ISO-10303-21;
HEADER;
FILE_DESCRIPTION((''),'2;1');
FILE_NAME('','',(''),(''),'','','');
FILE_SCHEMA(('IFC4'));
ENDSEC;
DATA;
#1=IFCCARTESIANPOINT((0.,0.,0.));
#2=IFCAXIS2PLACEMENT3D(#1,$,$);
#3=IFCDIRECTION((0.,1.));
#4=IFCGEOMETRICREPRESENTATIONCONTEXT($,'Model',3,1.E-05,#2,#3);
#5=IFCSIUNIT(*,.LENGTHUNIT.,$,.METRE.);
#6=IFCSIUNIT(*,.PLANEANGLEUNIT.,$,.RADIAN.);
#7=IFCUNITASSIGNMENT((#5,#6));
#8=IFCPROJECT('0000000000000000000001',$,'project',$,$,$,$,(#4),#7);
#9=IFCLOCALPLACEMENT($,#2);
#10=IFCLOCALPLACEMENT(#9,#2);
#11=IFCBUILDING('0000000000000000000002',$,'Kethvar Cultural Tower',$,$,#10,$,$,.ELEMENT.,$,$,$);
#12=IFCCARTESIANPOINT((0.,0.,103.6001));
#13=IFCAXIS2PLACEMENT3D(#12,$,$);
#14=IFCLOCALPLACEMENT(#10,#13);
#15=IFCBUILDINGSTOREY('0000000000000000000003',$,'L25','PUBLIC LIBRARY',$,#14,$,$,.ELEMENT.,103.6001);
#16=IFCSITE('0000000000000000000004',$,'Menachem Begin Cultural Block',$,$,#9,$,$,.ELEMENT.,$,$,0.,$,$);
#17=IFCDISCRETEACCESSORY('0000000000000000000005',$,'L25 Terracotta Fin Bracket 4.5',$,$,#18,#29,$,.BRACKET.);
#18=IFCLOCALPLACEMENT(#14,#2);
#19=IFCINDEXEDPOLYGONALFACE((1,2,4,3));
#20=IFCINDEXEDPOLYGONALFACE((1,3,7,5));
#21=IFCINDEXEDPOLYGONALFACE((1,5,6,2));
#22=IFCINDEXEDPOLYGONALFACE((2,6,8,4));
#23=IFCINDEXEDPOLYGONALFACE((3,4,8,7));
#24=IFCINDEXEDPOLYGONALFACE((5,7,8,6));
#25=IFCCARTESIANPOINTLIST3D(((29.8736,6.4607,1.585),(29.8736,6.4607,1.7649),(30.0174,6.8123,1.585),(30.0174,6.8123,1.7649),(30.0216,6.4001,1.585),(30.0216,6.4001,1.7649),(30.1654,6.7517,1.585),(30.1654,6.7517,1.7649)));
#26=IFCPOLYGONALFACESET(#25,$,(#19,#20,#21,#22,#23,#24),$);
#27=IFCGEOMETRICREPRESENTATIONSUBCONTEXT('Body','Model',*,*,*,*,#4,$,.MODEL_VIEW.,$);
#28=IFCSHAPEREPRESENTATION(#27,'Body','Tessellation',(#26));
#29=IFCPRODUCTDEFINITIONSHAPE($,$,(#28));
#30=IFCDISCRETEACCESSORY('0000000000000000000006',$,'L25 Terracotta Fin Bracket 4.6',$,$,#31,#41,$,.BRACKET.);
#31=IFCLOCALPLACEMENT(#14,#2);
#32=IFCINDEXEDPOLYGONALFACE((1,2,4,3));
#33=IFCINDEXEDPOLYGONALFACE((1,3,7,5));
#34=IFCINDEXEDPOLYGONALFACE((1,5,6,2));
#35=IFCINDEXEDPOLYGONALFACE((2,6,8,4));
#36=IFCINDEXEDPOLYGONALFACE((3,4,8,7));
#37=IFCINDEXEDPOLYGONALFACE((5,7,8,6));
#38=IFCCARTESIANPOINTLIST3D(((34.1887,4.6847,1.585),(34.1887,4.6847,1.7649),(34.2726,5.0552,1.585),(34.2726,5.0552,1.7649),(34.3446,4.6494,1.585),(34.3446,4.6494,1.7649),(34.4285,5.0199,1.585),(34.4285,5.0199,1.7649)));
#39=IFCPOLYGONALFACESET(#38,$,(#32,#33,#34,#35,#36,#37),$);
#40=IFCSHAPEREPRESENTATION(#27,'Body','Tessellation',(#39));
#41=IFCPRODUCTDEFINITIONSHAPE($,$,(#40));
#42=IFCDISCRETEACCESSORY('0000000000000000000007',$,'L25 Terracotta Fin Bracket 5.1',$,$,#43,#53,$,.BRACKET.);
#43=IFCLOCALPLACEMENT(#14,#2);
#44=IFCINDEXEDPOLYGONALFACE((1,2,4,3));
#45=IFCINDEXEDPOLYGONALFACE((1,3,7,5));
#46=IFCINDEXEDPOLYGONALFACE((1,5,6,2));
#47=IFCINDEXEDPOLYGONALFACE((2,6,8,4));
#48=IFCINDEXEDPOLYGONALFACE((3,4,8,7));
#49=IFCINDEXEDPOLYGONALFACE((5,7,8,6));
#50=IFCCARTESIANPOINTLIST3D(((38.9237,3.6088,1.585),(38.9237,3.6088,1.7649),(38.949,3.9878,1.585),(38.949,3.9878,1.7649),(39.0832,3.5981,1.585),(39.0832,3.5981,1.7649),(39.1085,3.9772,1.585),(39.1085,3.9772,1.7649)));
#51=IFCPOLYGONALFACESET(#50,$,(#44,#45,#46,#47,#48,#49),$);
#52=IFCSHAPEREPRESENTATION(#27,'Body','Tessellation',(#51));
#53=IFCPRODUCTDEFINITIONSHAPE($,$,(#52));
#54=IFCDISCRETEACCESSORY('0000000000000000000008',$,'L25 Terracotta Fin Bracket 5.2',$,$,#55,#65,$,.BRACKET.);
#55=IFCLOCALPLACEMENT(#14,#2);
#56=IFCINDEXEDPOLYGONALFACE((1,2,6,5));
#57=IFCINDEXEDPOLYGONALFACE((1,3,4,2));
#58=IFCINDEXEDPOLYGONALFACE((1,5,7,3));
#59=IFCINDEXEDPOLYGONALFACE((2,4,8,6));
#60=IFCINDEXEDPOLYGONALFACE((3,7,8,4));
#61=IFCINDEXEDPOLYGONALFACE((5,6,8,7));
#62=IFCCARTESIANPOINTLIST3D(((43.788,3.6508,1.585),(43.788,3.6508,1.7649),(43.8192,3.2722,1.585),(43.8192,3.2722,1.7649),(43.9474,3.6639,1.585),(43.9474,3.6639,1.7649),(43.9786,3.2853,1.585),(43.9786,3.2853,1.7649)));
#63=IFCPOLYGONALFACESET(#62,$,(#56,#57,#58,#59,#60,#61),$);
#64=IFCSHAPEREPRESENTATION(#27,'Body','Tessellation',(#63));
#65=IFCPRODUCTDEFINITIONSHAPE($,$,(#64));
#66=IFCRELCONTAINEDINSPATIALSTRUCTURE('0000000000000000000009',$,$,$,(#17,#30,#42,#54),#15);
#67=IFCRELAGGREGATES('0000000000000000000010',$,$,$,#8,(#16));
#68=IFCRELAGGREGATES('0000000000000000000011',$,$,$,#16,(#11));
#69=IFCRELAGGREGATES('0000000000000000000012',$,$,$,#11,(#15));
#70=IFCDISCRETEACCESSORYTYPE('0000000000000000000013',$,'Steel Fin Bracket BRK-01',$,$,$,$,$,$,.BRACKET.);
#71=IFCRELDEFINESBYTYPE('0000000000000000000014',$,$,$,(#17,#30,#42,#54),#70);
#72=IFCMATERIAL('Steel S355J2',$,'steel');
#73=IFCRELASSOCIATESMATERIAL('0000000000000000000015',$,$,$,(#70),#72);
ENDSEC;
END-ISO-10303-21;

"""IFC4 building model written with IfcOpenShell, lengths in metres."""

from ifc_helpers import new_model, si_unit, direction, frame, origin, origin_2d, place, context, subcontext, project, spatial, rectangle, extrude, source, transform, mapped, material, type_object, element, save


model = new_model("IFC4")

# Units and contexts
model_context = context("Model", 3, precision=1e-05, world=origin(), true_north=direction((0.0, 1.0)))
body_context = subcontext(model_context, "Body", "Model", "MODEL_VIEW")
ifc_project = project(units=[si_unit("LENGTHUNIT", "METRE"), si_unit("PLANEANGLEUNIT", "RADIAN")], contexts=[model_context])

# Site, building, storey
site_placement = place(None, origin())
site = spatial("IfcSite", under=ifc_project, at=site_placement, Name="Menachem Begin Cultural Block", CompositionType="ELEMENT", RefElevation=0.0)
building_placement = place(site_placement, origin())
building = spatial("IfcBuilding", under=site, at=building_placement, Name="Kethvar Cultural Tower", CompositionType="ELEMENT")
storey_placement = place(building_placement, frame((0.0, 0.0, 103.6001)))
storey = spatial("IfcBuildingStorey", under=building, at=storey_placement, Name="L25", Description="PUBLIC LIBRARY", CompositionType="ELEMENT", Elevation=103.6001)

# Shared definitions
ifc_material_1 = material(Name="Steel S355J2", Category="steel")

# Discrete accessories
discrete_accessory_type = type_object("IfcDiscreteAccessoryType", Name="Steel Fin Bracket BRK-01", PredefinedType="BRACKET", material=ifc_material_1)
shared_shape_1 = source(origin(), body_context, "Body", "SweptSolid", [
    extrude(rectangle(XDim=0.3799, YDim=0.1599, at=origin_2d()), origin(), (0.0, 0.0, 1.0), 0.1799),
])
for number, where, z_axis, x_axis, name in (
    (1, (30.0195, 6.6062, 1.585), (0.0, 0.0, 1.0), (-0.378487, -0.925607, 0.0), "L25 Terracotta Fin Bracket 4.5"),
    (2, (34.3086, 4.8523, 1.585), (0.0, 0.0, 1.0), (-0.220868, -0.975304, 0.0), "L25 Terracotta Fin Bracket 4.6"),
    (3, (39.0161, 3.793, 1.585), (0.0, 0.0, 1.0), (-0.066622, -0.997778, 0.0), "L25 Terracotta Fin Bracket 5.1"),
    (4, (43.8833, 3.468, 1.585), (0.0, 0.0, 1.0), (0.082112, -0.996623, 0.0), "L25 Terracotta Fin Bracket 5.2"),
):
    element("IfcDiscreteAccessory", number, at=place(storey_placement, frame(where, z_axis=z_axis, x_axis=x_axis)), inside=storey, type_object=discrete_accessory_type, Name=name, PredefinedType="BRACKET", context=body_context, shape_type="MappedRepresentation", body=[
        mapped(shared_shape_1, transform((0.0, 0.0, 0.0), scale=1.0)),
    ])

save(model, "model.ifc")
